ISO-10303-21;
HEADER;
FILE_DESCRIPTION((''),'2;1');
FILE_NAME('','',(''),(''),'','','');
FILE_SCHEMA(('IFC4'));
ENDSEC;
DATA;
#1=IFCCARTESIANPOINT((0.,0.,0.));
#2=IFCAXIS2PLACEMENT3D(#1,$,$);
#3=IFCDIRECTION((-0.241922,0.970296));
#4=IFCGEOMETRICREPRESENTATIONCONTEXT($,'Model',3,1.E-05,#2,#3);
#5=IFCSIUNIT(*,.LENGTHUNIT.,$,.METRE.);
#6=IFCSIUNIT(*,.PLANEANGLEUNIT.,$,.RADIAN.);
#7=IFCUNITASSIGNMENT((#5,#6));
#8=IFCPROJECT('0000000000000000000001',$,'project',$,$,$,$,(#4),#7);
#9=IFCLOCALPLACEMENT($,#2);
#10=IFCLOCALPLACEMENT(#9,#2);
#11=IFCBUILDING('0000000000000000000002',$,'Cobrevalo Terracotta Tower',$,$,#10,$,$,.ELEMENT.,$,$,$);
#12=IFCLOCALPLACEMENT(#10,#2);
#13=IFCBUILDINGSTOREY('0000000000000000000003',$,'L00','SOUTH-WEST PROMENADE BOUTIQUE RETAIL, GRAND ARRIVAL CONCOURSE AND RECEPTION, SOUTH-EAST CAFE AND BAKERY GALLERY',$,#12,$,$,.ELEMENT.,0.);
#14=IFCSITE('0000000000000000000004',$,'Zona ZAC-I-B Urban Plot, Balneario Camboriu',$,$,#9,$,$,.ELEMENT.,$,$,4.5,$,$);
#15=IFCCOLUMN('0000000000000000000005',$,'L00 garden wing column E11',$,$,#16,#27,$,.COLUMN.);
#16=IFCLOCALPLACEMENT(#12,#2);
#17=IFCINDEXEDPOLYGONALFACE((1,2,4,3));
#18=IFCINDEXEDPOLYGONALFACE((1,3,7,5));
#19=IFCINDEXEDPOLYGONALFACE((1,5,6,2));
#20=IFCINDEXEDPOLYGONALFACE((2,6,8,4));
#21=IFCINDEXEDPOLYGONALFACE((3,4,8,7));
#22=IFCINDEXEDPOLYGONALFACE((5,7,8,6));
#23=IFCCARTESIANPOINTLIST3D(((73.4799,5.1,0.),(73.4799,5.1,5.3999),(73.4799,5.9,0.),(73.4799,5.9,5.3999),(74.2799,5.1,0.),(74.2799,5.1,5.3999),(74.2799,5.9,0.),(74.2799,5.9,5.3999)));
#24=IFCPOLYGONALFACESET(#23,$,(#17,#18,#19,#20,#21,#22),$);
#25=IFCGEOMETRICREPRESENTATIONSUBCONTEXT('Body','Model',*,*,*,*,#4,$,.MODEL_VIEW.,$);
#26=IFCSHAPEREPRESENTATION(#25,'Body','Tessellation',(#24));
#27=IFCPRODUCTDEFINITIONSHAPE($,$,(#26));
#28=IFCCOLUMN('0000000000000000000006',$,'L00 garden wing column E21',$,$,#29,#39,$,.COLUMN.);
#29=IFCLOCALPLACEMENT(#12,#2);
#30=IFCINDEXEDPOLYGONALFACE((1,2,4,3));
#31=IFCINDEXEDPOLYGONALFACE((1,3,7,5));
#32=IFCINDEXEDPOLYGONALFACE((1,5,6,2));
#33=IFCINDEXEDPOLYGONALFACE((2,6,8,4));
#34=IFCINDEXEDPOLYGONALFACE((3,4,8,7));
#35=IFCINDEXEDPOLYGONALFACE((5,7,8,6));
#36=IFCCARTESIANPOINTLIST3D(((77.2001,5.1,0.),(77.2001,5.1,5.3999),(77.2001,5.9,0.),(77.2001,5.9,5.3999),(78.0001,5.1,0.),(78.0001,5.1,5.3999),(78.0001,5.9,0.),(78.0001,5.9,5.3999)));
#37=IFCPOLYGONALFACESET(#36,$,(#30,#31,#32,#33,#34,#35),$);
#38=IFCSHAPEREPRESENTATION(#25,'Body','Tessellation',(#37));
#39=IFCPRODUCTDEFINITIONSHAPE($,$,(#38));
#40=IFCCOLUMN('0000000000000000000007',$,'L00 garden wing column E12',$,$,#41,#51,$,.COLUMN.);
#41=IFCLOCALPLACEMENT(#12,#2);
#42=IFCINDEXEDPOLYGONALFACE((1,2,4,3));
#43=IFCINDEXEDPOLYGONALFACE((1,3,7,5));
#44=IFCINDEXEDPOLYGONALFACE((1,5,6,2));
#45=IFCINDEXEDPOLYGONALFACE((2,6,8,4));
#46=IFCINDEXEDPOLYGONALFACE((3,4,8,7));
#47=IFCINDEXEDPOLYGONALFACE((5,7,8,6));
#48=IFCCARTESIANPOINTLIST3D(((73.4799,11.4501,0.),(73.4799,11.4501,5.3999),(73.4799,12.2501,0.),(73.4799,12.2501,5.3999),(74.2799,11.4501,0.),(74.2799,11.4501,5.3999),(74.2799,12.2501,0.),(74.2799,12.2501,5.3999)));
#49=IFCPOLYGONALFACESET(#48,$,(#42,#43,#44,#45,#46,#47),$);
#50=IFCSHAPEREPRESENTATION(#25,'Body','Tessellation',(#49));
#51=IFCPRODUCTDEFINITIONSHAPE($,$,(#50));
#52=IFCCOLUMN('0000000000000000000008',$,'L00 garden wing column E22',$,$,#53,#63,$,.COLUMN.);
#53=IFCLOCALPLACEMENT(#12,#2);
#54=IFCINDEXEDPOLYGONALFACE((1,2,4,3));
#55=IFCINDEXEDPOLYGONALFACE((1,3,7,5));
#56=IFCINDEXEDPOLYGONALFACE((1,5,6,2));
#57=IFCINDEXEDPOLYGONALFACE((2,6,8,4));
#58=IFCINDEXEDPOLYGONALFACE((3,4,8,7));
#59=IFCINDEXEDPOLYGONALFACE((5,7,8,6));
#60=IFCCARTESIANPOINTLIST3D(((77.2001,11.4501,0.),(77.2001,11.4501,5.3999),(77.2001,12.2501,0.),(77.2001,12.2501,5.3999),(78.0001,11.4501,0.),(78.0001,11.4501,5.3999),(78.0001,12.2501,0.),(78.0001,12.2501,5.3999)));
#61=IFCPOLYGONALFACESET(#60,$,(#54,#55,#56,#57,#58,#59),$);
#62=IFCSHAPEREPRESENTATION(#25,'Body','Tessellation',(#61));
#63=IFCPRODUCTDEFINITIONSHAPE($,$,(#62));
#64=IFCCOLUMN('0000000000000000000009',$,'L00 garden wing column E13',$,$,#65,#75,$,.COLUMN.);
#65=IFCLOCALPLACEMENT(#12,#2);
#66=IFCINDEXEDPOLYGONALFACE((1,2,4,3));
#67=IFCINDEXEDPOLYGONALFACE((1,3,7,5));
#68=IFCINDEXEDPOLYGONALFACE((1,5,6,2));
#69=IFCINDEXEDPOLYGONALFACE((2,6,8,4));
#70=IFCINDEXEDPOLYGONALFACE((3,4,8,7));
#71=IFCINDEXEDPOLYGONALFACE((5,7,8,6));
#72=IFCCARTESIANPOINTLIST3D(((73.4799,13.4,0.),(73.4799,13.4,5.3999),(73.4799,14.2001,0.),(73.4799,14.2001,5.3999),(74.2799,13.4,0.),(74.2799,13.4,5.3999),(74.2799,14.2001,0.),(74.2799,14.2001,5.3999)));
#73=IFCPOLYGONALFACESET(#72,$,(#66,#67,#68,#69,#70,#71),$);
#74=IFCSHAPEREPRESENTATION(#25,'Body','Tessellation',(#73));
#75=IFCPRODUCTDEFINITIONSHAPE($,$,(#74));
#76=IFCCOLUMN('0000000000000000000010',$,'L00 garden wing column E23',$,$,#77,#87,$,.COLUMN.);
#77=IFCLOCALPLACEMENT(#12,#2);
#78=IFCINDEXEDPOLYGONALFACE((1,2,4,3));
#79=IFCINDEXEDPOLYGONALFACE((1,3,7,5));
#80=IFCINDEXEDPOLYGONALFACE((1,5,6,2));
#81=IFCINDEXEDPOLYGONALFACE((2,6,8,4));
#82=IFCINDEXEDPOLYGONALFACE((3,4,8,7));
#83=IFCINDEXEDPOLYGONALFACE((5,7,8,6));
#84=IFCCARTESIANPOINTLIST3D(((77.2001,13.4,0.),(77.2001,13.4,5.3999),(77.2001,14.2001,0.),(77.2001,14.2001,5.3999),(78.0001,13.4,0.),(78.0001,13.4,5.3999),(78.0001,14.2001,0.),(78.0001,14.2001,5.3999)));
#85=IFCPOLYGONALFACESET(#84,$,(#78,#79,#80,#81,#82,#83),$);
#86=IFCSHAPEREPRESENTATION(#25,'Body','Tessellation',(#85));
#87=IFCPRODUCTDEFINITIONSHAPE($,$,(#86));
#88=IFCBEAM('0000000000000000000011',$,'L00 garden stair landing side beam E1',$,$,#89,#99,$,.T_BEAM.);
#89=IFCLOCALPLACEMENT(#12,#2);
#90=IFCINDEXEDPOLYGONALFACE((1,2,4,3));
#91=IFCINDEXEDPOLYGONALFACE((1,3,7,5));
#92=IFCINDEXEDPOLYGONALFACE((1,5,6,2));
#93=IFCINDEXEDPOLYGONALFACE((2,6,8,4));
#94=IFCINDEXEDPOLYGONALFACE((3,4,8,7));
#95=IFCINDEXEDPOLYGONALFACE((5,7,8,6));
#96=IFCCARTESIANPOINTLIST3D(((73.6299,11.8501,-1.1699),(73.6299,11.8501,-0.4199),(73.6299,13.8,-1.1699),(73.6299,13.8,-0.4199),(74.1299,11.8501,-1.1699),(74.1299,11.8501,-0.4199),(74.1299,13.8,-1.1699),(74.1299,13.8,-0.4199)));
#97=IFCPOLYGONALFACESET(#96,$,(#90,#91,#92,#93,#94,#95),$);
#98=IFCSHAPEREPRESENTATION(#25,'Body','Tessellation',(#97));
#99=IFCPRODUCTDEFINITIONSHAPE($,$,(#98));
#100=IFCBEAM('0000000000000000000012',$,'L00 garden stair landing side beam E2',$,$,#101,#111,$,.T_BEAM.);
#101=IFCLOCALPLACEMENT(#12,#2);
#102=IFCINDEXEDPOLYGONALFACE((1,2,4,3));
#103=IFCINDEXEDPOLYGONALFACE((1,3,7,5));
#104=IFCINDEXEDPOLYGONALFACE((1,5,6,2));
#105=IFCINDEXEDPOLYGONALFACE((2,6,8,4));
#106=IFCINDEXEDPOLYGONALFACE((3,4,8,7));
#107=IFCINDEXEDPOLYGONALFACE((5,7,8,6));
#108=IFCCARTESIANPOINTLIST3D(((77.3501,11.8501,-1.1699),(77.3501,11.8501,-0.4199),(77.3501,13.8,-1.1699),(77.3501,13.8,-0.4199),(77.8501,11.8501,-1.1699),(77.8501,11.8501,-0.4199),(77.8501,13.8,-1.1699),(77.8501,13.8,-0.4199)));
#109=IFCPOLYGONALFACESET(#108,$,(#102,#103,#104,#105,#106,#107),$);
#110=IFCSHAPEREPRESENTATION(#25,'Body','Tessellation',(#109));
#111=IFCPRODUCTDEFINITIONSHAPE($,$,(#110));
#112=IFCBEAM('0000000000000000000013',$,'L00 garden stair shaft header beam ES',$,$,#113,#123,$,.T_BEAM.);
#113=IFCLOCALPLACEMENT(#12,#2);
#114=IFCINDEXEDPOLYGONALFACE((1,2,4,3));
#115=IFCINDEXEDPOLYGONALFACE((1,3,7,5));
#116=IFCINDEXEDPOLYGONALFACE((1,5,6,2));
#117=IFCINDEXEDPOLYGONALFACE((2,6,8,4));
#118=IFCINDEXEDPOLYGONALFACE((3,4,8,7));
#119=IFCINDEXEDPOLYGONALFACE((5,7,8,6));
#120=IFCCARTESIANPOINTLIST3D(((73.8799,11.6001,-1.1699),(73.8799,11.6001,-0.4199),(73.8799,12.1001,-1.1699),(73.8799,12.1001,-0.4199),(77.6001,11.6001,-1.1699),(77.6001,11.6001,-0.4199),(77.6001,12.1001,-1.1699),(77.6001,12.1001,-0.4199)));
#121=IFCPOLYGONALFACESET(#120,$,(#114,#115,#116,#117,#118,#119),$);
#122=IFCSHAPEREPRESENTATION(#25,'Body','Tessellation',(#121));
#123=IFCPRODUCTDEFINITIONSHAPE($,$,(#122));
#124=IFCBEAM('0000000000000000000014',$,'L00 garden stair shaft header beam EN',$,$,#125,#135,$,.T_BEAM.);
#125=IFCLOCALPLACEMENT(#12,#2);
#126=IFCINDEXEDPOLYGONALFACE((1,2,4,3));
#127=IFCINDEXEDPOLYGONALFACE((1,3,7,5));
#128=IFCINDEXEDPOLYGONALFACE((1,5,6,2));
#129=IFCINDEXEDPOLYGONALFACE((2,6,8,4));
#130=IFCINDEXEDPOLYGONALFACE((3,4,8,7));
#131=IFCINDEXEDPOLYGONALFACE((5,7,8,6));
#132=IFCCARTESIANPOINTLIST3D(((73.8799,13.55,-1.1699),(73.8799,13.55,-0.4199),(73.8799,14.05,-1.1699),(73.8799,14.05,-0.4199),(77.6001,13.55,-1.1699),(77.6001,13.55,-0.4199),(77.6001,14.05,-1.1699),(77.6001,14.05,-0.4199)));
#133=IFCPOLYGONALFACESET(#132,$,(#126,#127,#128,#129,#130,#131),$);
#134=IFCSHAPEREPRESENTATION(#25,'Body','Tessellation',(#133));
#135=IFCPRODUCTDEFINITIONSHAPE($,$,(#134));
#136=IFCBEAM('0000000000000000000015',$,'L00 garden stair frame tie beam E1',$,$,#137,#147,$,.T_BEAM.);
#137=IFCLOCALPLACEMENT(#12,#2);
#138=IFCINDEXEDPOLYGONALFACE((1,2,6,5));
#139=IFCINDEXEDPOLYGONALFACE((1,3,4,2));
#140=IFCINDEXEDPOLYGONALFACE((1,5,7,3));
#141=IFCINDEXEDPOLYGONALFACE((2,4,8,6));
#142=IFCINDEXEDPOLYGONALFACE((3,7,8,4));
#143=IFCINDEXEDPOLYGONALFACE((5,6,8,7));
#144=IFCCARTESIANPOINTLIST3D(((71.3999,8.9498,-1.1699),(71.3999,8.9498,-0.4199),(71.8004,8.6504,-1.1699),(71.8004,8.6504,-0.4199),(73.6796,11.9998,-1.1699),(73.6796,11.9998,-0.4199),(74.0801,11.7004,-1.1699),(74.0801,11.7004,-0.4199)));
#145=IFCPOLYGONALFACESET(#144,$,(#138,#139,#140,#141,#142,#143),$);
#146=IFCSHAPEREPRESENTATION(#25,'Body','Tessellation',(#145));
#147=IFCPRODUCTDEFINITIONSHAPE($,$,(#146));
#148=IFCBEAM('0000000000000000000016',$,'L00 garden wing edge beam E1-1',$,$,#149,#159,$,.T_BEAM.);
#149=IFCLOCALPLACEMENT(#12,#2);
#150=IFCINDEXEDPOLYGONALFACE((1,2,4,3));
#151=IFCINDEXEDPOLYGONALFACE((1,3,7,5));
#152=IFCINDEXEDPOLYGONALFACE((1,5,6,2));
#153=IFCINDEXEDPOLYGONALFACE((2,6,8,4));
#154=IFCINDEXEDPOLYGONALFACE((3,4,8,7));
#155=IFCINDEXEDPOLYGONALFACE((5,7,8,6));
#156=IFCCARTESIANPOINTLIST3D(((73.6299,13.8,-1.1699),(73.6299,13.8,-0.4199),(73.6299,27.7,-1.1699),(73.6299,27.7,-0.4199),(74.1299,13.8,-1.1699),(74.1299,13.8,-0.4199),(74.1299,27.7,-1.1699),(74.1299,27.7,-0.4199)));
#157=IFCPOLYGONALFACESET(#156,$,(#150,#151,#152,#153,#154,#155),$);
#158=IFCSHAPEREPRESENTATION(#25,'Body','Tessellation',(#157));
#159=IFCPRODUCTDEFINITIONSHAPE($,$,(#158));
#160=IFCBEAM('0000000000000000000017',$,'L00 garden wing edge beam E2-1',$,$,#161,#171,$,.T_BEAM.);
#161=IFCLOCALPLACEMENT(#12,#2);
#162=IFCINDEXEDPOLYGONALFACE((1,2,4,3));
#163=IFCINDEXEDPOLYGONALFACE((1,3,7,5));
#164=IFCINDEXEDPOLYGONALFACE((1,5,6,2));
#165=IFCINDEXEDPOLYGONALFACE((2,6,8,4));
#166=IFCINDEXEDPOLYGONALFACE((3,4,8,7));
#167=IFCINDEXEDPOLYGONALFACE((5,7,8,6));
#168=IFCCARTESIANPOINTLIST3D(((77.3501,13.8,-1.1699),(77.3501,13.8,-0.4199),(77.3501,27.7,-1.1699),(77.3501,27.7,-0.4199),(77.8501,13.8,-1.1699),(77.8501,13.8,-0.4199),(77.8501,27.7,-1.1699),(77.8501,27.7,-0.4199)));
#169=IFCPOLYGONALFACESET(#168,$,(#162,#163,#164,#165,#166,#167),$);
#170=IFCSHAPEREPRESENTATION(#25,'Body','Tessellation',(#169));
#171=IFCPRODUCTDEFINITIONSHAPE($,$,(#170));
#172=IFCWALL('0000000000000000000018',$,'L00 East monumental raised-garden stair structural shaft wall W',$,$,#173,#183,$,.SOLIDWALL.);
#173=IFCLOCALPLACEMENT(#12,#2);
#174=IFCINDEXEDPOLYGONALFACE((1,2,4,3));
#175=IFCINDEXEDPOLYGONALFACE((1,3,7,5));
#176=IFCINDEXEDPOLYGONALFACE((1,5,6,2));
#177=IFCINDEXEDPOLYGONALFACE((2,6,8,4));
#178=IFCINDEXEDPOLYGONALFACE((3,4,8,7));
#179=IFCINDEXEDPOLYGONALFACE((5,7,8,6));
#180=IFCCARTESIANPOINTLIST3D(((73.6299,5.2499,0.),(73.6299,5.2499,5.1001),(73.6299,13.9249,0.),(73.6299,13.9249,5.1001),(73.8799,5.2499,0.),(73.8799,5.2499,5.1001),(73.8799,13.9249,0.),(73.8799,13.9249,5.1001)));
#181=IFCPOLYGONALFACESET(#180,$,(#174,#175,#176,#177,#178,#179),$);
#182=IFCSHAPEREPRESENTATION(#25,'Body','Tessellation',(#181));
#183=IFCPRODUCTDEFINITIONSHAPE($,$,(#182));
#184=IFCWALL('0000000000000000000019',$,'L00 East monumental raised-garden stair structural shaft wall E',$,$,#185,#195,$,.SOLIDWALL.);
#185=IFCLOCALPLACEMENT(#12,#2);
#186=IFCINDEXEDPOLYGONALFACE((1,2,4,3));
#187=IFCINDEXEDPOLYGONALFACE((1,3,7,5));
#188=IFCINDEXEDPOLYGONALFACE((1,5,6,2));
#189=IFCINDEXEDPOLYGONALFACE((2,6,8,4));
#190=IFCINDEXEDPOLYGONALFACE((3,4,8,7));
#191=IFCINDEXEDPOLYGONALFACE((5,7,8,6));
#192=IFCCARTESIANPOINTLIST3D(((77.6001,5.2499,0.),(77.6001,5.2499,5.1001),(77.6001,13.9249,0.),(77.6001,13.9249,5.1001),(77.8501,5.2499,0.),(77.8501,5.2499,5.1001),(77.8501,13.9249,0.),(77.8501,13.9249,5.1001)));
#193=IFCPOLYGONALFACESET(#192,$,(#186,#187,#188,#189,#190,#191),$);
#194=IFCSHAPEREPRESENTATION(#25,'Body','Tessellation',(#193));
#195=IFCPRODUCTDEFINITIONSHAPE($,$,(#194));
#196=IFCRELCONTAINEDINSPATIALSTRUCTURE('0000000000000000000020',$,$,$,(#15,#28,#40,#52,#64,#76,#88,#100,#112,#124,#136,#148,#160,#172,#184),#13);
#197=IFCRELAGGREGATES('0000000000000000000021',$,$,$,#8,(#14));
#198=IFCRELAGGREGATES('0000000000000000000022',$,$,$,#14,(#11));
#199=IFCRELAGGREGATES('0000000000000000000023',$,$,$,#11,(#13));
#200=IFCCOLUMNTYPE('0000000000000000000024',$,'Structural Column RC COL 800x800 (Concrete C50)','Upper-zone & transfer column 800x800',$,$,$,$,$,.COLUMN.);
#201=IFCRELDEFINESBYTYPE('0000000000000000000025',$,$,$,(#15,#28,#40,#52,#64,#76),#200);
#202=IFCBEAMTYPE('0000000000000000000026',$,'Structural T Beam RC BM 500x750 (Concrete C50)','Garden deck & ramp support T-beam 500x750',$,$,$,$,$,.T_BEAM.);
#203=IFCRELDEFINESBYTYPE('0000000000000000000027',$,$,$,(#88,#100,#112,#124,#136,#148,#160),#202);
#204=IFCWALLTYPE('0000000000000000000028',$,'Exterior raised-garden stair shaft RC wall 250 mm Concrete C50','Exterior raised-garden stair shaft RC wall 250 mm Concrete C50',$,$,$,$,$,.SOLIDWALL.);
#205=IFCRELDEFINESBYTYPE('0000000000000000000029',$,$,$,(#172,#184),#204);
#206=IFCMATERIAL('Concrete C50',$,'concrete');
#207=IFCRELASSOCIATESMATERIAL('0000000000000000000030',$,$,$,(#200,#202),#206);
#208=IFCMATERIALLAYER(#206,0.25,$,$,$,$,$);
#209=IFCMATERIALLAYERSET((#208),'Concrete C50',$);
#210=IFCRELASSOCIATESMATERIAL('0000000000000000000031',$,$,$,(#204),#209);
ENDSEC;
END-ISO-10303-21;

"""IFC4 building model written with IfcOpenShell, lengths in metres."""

from ifc_helpers import new_model, si_unit, direction, frame, frame_2d, origin, origin_2d, place, context, subcontext, project, spatial, rectangle, extrude, material, layer, layer_set, material_profile, profile_set, type_object, element, save


model = new_model("IFC4")

# Units and contexts
model_context = context("Model", 3, precision=1e-05, world=origin(), true_north=direction((-0.241922, 0.970296)))
body_context = subcontext(model_context, "Body", "Model", "MODEL_VIEW")
ifc_project = project(units=[si_unit("LENGTHUNIT", "METRE"), si_unit("PLANEANGLEUNIT", "RADIAN")], contexts=[model_context])

# Site, building, storey
site_placement = place(None, origin())
site = spatial("IfcSite", under=ifc_project, at=site_placement, Name="Zona ZAC-I-B Urban Plot, Balneario Camboriu", CompositionType="ELEMENT", RefElevation=4.5)
building_placement = place(site_placement, origin())
building = spatial("IfcBuilding", under=site, at=building_placement, Name="Cobrevalo Terracotta Tower", CompositionType="ELEMENT")
storey_placement = place(building_placement, origin())
storey = spatial("IfcBuildingStorey", under=building, at=storey_placement, Name="L00", Description="SOUTH-WEST PROMENADE BOUTIQUE RETAIL, GRAND ARRIVAL CONCOURSE AND RECEPTION, SOUTH-EAST CAFE AND BAKERY GALLERY", CompositionType="ELEMENT", Elevation=0.0)

# Columns
ifc_material_1 = material(Name="Concrete C50", Category="concrete")
ifc_material_profile_1 = material_profile(ifc_material_1, rectangle(XDim=0.8, YDim=0.8, at=origin_2d()), Name="RC COL 800x800")
ifc_profile_set_1 = profile_set([ifc_material_profile_1], Name="Concrete C50")
column_type = type_object("IfcColumnType", Name="Structural Column RC COL 800x800 (Concrete C50)", Description="Upper-zone & transfer column 800x800", PredefinedType="COLUMN", material=ifc_profile_set_1)
for number, where, z_axis, x_axis, name in (
    (1, (73.8799, 5.5, 0.0), (0.0, 0.0, 1.0), (1.0, 0.0, 0.0), "L00 garden wing column E11"),
    (2, (77.6001, 5.5, 0.0), (0.0, 0.0, 1.0), (1.0, 0.0, 0.0), "L00 garden wing column E21"),
    (3, (73.8799, 11.8501, 0.0), (0.0, 0.0, 1.0), (1.0, 0.0, 0.0), "L00 garden wing column E12"),
    (4, (77.6001, 11.8501, 0.0), (0.0, 0.0, 1.0), (1.0, 0.0, 0.0), "L00 garden wing column E22"),
    (5, (73.8799, 13.8, 0.0), (0.0, 0.0, 1.0), (1.0, 0.0, 0.0), "L00 garden wing column E13"),
    (6, (77.6001, 13.8, 0.0), (0.0, 0.0, 1.0), (1.0, 0.0, 0.0), "L00 garden wing column E23"),
):
    element("IfcColumn", number, at=place(storey_placement, frame(where, z_axis=z_axis, x_axis=x_axis)), inside=storey, type_object=column_type, Name=name, PredefinedType="COLUMN", context=body_context, shape_type="SweptSolid", body=[
        extrude(rectangle(XDim=0.8, YDim=0.8, at=origin_2d()), origin(), (0.0, 0.0, 1.0), 5.3999),
    ])

# Beams
ifc_material_profile_2 = material_profile(ifc_material_1, rectangle(XDim=0.5, YDim=0.75, at=origin_2d()), Name="RC BM 500x750")
ifc_profile_set_2 = profile_set([ifc_material_profile_2], Name="Concrete C50")
beam_type = type_object("IfcBeamType", Name="Structural T Beam RC BM 500x750 (Concrete C50)", Description="Garden deck & ramp support T-beam 500x750", PredefinedType="T_BEAM", material=ifc_profile_set_2)
for number, where, z_axis, x_axis, name in (
    (7, (73.8799, 11.8501, -0.7949), (0.0, 1.0, 0.0), (-1.0, 0.0, 0.0), "L00 garden stair landing side beam E1"),
    (8, (77.6001, 11.8501, -0.7949), (0.0, 1.0, 0.0), (-1.0, 0.0, 0.0), "L00 garden stair landing side beam E2"),
):
    element("IfcBeam", number, at=place(storey_placement, frame(where, z_axis=z_axis, x_axis=x_axis)), inside=storey, type_object=beam_type, Name=name, PredefinedType="T_BEAM", context=body_context, shape_type="SweptSolid", body=[
        extrude(rectangle(XDim=0.5, YDim=0.75, at=origin_2d()), origin(), (0.0, 0.0, 1.0), 1.95),
    ])
for number, where, z_axis, x_axis, name in (
    (9, (73.8799, 11.8501, -0.7949), (1.0, 0.0, 0.0), (0.0, 1.0, 0.0), "L00 garden stair shaft header beam ES"),
    (10, (73.8799, 13.8, -0.7949), (1.0, 0.0, 0.0), (0.0, 1.0, 0.0), "L00 garden stair shaft header beam EN"),
):
    element("IfcBeam", number, at=place(storey_placement, frame(where, z_axis=z_axis, x_axis=x_axis)), inside=storey, type_object=beam_type, Name=name, PredefinedType="T_BEAM", context=body_context, shape_type="SweptSolid", body=[
        extrude(rectangle(XDim=0.5, YDim=0.75, at=origin_2d()), origin(), (0.0, 0.0, 1.0), 3.7202),
    ])
beam_placement = place(storey_placement, frame((73.8799, 11.8501, -0.7949), z_axis=(-0.598696, -0.800976, 0.0), x_axis=(0.800976, -0.598696, 0.0)))
element("IfcBeam", 11, at=beam_placement, inside=storey, type_object=beam_type, Name="L00 garden stair frame tie beam E1", PredefinedType="T_BEAM", context=body_context, shape_type="SweptSolid", body=[
    extrude(rectangle(XDim=0.5, YDim=0.75, at=origin_2d()), origin(), (0.0, 0.0, 1.0), 3.8079),
])
for number, where, z_axis, x_axis, name in (
    (12, (73.8799, 13.8, -0.7949), (0.0, 1.0, 0.0), (-1.0, 0.0, 0.0), "L00 garden wing edge beam E1-1"),
    (13, (77.6001, 13.8, -0.7949), (0.0, 1.0, 0.0), (-1.0, 0.0, 0.0), "L00 garden wing edge beam E2-1"),
):
    element("IfcBeam", number, at=place(storey_placement, frame(where, z_axis=z_axis, x_axis=x_axis)), inside=storey, type_object=beam_type, Name=name, PredefinedType="T_BEAM", context=body_context, shape_type="SweptSolid", body=[
        extrude(rectangle(XDim=0.5, YDim=0.75, at=origin_2d()), origin(), (0.0, 0.0, 1.0), 13.8999),
    ])

# Walls
ifc_layer = layer(ifc_material_1, 0.25)
ifc_layer_set = layer_set([ifc_layer], Name="Concrete C50")
wall_type = type_object("IfcWallType", Name="Exterior raised-garden stair shaft RC wall 250 mm Concrete C50", Description="Exterior raised-garden stair shaft RC wall 250 mm Concrete C50", PredefinedType="SOLIDWALL", material=ifc_layer_set)
for number, where, z_axis, x_axis, name in (
    (14, (73.7549, 5.25, 0.0), (0.0, 0.0, 1.0), (0.0, 1.0, 0.0), "L00 East monumental raised-garden stair structural shaft wall W"),
    (15, (77.7251, 5.25, 0.0), (0.0, 0.0, 1.0), (0.0, 1.0, 0.0), "L00 East monumental raised-garden stair structural shaft wall E"),
):
    element("IfcWall", number, at=place(storey_placement, frame(where, z_axis=z_axis, x_axis=x_axis)), inside=storey, type_object=wall_type, Name=name, PredefinedType="SOLIDWALL", context=body_context, shape_type="SweptSolid", body=[
        extrude(rectangle(XDim=8.675, YDim=0.25, at=frame_2d((4.3374, 0.0))), origin(), (0.0, 0.0, 1.0), 5.1001),
    ])

save(model, "model.ifc")
